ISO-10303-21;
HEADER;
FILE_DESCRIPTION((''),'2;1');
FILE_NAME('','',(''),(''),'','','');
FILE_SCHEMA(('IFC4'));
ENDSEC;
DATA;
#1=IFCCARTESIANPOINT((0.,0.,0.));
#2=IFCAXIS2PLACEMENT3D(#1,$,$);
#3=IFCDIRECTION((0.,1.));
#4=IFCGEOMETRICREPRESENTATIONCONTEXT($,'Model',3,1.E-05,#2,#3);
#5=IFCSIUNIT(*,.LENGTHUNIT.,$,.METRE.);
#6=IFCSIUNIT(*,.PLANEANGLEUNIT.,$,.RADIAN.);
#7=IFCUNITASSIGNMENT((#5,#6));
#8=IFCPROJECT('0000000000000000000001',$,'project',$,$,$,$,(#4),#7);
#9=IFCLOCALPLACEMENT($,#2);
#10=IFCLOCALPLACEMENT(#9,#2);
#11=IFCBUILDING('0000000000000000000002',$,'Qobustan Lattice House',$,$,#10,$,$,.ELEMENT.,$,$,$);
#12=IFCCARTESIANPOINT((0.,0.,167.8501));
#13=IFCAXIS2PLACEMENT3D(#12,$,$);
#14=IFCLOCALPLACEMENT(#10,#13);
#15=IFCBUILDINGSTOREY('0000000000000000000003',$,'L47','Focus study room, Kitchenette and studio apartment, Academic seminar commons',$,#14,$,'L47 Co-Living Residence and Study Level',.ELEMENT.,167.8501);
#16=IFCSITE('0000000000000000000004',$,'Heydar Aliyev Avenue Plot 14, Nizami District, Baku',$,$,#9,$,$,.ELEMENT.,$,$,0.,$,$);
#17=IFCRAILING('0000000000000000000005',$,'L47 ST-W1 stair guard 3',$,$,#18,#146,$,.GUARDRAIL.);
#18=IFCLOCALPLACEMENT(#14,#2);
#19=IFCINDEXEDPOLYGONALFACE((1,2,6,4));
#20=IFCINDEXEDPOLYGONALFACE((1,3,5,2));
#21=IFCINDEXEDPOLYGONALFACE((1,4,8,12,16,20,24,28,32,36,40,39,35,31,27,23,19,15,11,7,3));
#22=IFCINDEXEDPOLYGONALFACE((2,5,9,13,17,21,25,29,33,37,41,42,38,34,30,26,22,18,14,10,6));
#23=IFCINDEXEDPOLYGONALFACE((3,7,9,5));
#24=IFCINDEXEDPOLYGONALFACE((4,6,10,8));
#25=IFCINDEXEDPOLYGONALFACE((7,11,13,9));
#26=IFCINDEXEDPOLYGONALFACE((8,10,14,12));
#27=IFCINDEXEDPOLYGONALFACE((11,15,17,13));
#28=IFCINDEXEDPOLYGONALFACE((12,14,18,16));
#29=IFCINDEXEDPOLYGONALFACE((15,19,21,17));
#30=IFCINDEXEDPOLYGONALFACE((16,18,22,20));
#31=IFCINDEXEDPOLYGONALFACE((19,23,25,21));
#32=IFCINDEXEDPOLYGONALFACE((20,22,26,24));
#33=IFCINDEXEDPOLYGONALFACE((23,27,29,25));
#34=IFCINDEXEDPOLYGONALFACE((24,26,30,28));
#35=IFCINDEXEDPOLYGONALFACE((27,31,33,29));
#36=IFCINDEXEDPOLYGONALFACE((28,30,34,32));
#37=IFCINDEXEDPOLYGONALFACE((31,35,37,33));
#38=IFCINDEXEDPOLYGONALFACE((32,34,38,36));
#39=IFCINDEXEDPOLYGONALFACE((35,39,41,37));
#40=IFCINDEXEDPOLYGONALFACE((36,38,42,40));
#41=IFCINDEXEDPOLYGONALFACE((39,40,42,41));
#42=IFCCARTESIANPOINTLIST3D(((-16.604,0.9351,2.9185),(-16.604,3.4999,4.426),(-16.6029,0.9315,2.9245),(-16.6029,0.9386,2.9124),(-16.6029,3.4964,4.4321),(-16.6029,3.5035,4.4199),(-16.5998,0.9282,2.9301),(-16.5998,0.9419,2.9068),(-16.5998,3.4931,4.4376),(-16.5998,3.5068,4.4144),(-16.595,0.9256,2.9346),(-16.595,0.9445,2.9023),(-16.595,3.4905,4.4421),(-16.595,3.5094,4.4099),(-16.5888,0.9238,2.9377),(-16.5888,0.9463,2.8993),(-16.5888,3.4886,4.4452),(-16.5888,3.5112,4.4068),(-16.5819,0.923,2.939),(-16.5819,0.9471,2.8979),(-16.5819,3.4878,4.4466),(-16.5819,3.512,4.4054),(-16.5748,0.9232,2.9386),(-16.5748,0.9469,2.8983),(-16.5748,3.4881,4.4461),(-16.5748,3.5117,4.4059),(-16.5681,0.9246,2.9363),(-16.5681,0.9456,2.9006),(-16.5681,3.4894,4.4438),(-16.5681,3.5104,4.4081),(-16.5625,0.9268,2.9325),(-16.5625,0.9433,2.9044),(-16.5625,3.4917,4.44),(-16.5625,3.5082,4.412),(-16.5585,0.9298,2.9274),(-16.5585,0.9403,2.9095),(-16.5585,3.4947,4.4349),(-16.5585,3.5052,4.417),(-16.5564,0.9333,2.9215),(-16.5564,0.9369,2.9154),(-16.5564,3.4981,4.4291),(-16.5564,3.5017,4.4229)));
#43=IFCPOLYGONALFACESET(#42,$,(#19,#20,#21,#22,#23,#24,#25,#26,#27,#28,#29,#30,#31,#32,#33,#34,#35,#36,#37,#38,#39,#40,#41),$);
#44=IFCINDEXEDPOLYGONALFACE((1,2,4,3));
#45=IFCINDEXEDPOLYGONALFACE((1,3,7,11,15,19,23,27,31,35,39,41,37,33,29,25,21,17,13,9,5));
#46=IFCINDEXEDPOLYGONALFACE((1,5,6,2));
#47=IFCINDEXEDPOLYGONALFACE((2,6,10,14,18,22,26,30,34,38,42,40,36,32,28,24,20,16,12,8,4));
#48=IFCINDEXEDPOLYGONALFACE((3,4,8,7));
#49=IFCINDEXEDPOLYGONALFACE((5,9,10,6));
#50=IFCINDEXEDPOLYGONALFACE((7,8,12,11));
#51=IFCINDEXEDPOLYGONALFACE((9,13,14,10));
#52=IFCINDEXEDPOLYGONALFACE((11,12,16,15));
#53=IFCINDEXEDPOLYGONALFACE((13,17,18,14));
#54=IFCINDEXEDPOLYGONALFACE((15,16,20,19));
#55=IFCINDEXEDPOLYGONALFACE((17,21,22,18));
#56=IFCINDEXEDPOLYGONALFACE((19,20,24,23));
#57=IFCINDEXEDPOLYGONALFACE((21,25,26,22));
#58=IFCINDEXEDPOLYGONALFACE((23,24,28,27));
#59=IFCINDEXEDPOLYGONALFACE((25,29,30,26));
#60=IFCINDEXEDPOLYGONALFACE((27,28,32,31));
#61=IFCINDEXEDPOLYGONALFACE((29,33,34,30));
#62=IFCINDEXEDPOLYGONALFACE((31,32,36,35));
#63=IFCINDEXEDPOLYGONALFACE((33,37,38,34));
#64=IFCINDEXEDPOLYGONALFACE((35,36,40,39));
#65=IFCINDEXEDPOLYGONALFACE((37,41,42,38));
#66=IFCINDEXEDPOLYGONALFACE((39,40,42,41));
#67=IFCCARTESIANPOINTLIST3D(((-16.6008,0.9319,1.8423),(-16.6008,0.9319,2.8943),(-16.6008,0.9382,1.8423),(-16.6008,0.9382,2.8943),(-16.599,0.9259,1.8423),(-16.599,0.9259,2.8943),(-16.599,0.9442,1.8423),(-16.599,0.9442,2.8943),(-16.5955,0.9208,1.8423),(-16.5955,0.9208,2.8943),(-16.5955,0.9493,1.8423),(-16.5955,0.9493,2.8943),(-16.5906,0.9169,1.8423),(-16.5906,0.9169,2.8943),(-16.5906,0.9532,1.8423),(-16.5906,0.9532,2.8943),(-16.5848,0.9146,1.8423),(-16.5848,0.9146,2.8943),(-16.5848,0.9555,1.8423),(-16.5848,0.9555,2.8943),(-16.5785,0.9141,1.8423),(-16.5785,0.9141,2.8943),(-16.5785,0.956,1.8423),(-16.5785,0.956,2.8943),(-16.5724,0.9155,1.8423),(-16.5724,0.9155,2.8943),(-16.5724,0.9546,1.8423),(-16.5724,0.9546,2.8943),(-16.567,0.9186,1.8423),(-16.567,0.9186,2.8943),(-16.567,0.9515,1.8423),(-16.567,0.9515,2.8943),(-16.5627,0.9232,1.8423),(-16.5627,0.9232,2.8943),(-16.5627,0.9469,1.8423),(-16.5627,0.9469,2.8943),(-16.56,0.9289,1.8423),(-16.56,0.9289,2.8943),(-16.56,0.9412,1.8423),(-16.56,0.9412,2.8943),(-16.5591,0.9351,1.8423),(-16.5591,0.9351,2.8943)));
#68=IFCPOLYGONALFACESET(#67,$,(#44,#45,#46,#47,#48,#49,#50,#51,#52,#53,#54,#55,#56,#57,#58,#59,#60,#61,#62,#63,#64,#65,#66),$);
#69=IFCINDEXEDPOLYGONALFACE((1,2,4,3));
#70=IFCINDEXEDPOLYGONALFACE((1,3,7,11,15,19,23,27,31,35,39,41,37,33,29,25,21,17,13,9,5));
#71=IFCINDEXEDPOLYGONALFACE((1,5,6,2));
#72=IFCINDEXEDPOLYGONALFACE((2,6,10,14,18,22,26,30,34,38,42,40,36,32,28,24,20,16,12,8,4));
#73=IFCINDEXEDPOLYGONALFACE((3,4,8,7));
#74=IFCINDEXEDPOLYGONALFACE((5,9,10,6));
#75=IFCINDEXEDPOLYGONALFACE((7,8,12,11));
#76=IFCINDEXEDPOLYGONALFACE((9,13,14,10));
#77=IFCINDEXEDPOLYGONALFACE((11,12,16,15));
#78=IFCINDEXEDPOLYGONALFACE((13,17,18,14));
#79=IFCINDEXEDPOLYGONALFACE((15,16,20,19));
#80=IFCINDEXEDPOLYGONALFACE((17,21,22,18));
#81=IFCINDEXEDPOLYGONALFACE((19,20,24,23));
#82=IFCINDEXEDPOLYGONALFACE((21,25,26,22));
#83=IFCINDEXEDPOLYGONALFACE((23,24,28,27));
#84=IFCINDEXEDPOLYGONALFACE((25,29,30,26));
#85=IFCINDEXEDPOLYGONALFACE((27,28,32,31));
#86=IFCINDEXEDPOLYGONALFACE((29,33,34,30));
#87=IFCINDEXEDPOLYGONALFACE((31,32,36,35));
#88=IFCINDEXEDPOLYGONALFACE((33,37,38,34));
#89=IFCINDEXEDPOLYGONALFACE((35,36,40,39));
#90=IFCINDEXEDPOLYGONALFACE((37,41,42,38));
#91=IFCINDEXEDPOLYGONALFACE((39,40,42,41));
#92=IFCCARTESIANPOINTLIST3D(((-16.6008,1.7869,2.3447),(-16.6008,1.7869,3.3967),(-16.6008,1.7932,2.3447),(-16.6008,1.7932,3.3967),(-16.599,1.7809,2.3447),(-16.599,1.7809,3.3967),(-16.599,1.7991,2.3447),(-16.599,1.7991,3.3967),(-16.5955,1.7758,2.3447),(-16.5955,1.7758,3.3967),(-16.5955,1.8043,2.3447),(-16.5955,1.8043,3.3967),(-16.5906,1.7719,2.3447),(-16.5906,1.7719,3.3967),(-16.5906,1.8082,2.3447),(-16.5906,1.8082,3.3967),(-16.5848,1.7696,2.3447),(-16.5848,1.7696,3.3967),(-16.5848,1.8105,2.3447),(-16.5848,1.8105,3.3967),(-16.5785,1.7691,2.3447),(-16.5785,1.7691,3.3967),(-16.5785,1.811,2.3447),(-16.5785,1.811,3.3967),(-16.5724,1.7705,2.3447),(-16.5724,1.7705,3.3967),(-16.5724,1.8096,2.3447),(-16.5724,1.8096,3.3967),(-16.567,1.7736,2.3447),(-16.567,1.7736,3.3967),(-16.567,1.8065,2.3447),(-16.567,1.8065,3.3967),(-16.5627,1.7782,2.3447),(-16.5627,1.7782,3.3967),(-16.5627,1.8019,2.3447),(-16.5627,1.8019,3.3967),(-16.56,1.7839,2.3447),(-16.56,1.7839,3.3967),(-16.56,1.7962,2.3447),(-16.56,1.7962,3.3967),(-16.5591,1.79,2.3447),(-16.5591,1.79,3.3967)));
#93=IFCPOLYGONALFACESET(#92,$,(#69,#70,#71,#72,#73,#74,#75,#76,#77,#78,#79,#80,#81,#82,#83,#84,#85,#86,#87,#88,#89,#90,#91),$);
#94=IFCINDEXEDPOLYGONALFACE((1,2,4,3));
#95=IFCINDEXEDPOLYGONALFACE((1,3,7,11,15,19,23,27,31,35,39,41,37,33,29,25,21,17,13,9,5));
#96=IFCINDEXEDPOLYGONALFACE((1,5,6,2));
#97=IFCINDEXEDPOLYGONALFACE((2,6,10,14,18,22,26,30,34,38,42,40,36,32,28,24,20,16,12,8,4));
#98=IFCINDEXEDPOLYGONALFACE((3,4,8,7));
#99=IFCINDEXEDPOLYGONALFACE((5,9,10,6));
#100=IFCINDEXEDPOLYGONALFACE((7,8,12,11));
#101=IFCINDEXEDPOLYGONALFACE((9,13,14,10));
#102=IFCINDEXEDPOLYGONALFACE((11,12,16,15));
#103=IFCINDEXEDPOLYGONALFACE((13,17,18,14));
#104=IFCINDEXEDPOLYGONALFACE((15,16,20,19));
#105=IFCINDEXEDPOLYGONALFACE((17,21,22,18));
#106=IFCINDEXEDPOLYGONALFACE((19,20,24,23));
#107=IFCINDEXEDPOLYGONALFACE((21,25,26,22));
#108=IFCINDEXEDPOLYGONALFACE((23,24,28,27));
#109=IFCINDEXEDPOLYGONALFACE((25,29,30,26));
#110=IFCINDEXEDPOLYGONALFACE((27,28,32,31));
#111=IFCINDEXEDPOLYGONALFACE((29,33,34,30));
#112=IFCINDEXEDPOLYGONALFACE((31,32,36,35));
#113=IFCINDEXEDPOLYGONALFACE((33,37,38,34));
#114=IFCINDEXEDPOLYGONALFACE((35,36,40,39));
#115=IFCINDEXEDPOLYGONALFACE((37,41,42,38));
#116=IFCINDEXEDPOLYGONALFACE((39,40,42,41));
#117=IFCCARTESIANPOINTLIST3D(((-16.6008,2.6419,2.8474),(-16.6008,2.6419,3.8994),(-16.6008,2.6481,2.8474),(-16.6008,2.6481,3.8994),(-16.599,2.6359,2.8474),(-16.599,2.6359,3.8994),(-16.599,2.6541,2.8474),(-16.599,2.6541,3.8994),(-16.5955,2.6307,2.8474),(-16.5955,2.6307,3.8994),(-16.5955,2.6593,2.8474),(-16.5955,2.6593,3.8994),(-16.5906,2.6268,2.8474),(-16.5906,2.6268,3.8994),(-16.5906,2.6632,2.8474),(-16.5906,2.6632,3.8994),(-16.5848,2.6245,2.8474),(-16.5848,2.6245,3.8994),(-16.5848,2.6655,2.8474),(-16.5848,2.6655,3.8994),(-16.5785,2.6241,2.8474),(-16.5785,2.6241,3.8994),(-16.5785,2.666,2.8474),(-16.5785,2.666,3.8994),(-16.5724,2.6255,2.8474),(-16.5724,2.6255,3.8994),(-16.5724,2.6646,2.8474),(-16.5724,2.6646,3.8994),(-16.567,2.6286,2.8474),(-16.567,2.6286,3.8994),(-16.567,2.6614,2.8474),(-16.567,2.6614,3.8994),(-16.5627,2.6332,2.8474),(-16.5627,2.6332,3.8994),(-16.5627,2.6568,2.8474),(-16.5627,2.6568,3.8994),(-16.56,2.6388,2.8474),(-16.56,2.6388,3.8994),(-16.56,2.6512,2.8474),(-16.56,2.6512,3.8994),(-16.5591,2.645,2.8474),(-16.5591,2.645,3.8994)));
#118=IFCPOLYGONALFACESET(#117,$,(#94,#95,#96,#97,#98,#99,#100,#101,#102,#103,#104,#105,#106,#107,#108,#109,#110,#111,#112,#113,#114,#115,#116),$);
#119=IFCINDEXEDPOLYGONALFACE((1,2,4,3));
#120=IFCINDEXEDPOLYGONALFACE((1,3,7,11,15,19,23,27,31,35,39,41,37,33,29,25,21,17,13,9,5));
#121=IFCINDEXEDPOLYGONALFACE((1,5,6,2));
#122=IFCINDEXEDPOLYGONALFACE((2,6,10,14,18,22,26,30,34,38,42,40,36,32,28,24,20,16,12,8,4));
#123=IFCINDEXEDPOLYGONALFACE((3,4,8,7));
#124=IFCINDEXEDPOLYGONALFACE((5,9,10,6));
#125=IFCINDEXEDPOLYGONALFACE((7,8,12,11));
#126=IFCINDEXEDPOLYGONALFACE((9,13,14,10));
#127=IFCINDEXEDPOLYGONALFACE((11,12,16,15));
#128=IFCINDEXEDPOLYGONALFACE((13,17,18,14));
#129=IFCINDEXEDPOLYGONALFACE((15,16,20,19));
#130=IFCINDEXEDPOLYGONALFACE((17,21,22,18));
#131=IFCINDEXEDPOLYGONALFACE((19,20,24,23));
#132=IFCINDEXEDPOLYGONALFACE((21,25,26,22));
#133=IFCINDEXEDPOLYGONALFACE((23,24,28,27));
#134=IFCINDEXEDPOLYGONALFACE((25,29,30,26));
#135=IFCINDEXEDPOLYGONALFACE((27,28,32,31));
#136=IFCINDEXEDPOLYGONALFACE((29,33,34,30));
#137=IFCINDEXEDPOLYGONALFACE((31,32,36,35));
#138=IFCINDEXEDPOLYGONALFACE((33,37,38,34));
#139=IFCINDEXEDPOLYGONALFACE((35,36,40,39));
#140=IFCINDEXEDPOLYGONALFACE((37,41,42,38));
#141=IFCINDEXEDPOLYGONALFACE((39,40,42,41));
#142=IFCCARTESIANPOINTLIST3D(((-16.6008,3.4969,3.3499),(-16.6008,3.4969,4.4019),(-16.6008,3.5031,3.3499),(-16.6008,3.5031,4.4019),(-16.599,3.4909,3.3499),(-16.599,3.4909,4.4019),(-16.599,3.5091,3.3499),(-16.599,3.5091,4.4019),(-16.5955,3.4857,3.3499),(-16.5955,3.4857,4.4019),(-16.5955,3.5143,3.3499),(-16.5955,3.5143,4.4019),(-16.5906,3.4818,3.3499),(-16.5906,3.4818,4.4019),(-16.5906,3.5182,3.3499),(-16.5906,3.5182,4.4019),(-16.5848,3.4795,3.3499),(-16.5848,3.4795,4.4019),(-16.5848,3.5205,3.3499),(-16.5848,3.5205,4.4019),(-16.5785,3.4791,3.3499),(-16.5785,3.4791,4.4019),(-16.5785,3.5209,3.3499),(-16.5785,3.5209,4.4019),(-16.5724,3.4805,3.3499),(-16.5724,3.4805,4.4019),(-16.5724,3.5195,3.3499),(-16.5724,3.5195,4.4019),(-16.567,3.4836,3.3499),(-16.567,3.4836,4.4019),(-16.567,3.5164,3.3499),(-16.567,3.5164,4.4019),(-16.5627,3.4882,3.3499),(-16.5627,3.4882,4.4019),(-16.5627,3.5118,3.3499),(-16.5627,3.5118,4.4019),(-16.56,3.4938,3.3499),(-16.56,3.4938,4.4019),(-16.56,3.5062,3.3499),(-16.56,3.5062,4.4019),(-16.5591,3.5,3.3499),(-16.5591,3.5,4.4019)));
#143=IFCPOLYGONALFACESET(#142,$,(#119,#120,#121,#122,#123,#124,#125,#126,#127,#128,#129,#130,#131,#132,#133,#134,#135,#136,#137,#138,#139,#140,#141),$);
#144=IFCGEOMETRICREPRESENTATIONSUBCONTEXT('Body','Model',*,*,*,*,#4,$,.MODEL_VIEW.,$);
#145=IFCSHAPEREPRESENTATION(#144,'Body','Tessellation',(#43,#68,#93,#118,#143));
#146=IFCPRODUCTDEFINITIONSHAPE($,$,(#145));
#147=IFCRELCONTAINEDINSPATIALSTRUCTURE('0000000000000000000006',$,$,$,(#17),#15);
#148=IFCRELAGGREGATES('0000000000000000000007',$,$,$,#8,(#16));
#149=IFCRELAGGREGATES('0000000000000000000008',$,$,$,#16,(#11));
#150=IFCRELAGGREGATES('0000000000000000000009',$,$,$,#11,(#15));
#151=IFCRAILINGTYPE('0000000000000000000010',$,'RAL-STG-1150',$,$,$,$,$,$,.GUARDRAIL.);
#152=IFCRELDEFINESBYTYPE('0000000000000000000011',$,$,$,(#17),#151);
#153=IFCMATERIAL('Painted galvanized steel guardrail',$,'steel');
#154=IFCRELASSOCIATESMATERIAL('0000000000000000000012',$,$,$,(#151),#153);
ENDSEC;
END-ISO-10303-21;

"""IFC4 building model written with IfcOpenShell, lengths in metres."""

from ifc_helpers import new_model, si_unit, direction, frame, origin, origin_2d, place, context, subcontext, project, spatial, circle, extrude, material, type_object, element, save


model = new_model("IFC4")

# Units and contexts
model_context = context("Model", 3, precision=1e-05, world=origin(), true_north=direction((0.0, 1.0)))
body_context = subcontext(model_context, "Body", "Model", "MODEL_VIEW")
ifc_project = project(units=[si_unit("LENGTHUNIT", "METRE"), si_unit("PLANEANGLEUNIT", "RADIAN")], contexts=[model_context])

# Site, building, storey
site_placement = place(None, origin())
site = spatial("IfcSite", under=ifc_project, at=site_placement, Name="Heydar Aliyev Avenue Plot 14, Nizami District, Baku", CompositionType="ELEMENT", RefElevation=0.0)
building_placement = place(site_placement, origin())
building = spatial("IfcBuilding", under=site, at=building_placement, Name="Qobustan Lattice House", CompositionType="ELEMENT")
storey_placement = place(building_placement, frame((0.0, 0.0, 167.8501)))
storey = spatial("IfcBuildingStorey", under=building, at=storey_placement, Name="L47", Description="Focus study room, Kitchenette and studio apartment, Academic seminar commons", LongName="L47 Co-Living Residence and Study Level", CompositionType="ELEMENT", Elevation=167.8501)

# Railing
ifc_material_1 = material(Name="Painted galvanized steel guardrail", Category="steel")
railing_type_1 = type_object("IfcRailingType", Name="RAL-STG-1150", PredefinedType="GUARDRAIL", material=ifc_material_1)
railing_1_placement = place(storey_placement, frame((-16.5801, 0.9351, 1.8423)))
element("IfcRailing", 1, at=railing_1_placement, inside=storey, type_object=railing_type_1, Name="L47 ST-W1 stair guard 3", PredefinedType="GUARDRAIL", context=body_context, shape_type="SweptSolid", body=[
    extrude(circle(Radius=0.0239, at=origin_2d()), frame((0.0, 0.0, 1.0762), z_axis=(0.0, 0.862113, 0.506715), x_axis=(-1.0, 0.0, 0.0)), (0.0, 0.0, 1.0), 2.9751),
    extrude(circle(Radius=0.021, at=origin_2d()), origin(), (0.0, 0.0, 1.0), 1.052),
    extrude(circle(Radius=0.021, at=origin_2d()), frame((0.0, 0.855, 0.5024)), (0.0, 0.0, 1.0), 1.052),
    extrude(circle(Radius=0.021, at=origin_2d()), frame((0.0, 1.71, 1.0051)), (0.0, 0.0, 1.0), 1.052),
    extrude(circle(Radius=0.021, at=origin_2d()), frame((0.0, 2.5649, 1.5076)), (0.0, 0.0, 1.0), 1.052),
])

save(model, "model.ifc")
